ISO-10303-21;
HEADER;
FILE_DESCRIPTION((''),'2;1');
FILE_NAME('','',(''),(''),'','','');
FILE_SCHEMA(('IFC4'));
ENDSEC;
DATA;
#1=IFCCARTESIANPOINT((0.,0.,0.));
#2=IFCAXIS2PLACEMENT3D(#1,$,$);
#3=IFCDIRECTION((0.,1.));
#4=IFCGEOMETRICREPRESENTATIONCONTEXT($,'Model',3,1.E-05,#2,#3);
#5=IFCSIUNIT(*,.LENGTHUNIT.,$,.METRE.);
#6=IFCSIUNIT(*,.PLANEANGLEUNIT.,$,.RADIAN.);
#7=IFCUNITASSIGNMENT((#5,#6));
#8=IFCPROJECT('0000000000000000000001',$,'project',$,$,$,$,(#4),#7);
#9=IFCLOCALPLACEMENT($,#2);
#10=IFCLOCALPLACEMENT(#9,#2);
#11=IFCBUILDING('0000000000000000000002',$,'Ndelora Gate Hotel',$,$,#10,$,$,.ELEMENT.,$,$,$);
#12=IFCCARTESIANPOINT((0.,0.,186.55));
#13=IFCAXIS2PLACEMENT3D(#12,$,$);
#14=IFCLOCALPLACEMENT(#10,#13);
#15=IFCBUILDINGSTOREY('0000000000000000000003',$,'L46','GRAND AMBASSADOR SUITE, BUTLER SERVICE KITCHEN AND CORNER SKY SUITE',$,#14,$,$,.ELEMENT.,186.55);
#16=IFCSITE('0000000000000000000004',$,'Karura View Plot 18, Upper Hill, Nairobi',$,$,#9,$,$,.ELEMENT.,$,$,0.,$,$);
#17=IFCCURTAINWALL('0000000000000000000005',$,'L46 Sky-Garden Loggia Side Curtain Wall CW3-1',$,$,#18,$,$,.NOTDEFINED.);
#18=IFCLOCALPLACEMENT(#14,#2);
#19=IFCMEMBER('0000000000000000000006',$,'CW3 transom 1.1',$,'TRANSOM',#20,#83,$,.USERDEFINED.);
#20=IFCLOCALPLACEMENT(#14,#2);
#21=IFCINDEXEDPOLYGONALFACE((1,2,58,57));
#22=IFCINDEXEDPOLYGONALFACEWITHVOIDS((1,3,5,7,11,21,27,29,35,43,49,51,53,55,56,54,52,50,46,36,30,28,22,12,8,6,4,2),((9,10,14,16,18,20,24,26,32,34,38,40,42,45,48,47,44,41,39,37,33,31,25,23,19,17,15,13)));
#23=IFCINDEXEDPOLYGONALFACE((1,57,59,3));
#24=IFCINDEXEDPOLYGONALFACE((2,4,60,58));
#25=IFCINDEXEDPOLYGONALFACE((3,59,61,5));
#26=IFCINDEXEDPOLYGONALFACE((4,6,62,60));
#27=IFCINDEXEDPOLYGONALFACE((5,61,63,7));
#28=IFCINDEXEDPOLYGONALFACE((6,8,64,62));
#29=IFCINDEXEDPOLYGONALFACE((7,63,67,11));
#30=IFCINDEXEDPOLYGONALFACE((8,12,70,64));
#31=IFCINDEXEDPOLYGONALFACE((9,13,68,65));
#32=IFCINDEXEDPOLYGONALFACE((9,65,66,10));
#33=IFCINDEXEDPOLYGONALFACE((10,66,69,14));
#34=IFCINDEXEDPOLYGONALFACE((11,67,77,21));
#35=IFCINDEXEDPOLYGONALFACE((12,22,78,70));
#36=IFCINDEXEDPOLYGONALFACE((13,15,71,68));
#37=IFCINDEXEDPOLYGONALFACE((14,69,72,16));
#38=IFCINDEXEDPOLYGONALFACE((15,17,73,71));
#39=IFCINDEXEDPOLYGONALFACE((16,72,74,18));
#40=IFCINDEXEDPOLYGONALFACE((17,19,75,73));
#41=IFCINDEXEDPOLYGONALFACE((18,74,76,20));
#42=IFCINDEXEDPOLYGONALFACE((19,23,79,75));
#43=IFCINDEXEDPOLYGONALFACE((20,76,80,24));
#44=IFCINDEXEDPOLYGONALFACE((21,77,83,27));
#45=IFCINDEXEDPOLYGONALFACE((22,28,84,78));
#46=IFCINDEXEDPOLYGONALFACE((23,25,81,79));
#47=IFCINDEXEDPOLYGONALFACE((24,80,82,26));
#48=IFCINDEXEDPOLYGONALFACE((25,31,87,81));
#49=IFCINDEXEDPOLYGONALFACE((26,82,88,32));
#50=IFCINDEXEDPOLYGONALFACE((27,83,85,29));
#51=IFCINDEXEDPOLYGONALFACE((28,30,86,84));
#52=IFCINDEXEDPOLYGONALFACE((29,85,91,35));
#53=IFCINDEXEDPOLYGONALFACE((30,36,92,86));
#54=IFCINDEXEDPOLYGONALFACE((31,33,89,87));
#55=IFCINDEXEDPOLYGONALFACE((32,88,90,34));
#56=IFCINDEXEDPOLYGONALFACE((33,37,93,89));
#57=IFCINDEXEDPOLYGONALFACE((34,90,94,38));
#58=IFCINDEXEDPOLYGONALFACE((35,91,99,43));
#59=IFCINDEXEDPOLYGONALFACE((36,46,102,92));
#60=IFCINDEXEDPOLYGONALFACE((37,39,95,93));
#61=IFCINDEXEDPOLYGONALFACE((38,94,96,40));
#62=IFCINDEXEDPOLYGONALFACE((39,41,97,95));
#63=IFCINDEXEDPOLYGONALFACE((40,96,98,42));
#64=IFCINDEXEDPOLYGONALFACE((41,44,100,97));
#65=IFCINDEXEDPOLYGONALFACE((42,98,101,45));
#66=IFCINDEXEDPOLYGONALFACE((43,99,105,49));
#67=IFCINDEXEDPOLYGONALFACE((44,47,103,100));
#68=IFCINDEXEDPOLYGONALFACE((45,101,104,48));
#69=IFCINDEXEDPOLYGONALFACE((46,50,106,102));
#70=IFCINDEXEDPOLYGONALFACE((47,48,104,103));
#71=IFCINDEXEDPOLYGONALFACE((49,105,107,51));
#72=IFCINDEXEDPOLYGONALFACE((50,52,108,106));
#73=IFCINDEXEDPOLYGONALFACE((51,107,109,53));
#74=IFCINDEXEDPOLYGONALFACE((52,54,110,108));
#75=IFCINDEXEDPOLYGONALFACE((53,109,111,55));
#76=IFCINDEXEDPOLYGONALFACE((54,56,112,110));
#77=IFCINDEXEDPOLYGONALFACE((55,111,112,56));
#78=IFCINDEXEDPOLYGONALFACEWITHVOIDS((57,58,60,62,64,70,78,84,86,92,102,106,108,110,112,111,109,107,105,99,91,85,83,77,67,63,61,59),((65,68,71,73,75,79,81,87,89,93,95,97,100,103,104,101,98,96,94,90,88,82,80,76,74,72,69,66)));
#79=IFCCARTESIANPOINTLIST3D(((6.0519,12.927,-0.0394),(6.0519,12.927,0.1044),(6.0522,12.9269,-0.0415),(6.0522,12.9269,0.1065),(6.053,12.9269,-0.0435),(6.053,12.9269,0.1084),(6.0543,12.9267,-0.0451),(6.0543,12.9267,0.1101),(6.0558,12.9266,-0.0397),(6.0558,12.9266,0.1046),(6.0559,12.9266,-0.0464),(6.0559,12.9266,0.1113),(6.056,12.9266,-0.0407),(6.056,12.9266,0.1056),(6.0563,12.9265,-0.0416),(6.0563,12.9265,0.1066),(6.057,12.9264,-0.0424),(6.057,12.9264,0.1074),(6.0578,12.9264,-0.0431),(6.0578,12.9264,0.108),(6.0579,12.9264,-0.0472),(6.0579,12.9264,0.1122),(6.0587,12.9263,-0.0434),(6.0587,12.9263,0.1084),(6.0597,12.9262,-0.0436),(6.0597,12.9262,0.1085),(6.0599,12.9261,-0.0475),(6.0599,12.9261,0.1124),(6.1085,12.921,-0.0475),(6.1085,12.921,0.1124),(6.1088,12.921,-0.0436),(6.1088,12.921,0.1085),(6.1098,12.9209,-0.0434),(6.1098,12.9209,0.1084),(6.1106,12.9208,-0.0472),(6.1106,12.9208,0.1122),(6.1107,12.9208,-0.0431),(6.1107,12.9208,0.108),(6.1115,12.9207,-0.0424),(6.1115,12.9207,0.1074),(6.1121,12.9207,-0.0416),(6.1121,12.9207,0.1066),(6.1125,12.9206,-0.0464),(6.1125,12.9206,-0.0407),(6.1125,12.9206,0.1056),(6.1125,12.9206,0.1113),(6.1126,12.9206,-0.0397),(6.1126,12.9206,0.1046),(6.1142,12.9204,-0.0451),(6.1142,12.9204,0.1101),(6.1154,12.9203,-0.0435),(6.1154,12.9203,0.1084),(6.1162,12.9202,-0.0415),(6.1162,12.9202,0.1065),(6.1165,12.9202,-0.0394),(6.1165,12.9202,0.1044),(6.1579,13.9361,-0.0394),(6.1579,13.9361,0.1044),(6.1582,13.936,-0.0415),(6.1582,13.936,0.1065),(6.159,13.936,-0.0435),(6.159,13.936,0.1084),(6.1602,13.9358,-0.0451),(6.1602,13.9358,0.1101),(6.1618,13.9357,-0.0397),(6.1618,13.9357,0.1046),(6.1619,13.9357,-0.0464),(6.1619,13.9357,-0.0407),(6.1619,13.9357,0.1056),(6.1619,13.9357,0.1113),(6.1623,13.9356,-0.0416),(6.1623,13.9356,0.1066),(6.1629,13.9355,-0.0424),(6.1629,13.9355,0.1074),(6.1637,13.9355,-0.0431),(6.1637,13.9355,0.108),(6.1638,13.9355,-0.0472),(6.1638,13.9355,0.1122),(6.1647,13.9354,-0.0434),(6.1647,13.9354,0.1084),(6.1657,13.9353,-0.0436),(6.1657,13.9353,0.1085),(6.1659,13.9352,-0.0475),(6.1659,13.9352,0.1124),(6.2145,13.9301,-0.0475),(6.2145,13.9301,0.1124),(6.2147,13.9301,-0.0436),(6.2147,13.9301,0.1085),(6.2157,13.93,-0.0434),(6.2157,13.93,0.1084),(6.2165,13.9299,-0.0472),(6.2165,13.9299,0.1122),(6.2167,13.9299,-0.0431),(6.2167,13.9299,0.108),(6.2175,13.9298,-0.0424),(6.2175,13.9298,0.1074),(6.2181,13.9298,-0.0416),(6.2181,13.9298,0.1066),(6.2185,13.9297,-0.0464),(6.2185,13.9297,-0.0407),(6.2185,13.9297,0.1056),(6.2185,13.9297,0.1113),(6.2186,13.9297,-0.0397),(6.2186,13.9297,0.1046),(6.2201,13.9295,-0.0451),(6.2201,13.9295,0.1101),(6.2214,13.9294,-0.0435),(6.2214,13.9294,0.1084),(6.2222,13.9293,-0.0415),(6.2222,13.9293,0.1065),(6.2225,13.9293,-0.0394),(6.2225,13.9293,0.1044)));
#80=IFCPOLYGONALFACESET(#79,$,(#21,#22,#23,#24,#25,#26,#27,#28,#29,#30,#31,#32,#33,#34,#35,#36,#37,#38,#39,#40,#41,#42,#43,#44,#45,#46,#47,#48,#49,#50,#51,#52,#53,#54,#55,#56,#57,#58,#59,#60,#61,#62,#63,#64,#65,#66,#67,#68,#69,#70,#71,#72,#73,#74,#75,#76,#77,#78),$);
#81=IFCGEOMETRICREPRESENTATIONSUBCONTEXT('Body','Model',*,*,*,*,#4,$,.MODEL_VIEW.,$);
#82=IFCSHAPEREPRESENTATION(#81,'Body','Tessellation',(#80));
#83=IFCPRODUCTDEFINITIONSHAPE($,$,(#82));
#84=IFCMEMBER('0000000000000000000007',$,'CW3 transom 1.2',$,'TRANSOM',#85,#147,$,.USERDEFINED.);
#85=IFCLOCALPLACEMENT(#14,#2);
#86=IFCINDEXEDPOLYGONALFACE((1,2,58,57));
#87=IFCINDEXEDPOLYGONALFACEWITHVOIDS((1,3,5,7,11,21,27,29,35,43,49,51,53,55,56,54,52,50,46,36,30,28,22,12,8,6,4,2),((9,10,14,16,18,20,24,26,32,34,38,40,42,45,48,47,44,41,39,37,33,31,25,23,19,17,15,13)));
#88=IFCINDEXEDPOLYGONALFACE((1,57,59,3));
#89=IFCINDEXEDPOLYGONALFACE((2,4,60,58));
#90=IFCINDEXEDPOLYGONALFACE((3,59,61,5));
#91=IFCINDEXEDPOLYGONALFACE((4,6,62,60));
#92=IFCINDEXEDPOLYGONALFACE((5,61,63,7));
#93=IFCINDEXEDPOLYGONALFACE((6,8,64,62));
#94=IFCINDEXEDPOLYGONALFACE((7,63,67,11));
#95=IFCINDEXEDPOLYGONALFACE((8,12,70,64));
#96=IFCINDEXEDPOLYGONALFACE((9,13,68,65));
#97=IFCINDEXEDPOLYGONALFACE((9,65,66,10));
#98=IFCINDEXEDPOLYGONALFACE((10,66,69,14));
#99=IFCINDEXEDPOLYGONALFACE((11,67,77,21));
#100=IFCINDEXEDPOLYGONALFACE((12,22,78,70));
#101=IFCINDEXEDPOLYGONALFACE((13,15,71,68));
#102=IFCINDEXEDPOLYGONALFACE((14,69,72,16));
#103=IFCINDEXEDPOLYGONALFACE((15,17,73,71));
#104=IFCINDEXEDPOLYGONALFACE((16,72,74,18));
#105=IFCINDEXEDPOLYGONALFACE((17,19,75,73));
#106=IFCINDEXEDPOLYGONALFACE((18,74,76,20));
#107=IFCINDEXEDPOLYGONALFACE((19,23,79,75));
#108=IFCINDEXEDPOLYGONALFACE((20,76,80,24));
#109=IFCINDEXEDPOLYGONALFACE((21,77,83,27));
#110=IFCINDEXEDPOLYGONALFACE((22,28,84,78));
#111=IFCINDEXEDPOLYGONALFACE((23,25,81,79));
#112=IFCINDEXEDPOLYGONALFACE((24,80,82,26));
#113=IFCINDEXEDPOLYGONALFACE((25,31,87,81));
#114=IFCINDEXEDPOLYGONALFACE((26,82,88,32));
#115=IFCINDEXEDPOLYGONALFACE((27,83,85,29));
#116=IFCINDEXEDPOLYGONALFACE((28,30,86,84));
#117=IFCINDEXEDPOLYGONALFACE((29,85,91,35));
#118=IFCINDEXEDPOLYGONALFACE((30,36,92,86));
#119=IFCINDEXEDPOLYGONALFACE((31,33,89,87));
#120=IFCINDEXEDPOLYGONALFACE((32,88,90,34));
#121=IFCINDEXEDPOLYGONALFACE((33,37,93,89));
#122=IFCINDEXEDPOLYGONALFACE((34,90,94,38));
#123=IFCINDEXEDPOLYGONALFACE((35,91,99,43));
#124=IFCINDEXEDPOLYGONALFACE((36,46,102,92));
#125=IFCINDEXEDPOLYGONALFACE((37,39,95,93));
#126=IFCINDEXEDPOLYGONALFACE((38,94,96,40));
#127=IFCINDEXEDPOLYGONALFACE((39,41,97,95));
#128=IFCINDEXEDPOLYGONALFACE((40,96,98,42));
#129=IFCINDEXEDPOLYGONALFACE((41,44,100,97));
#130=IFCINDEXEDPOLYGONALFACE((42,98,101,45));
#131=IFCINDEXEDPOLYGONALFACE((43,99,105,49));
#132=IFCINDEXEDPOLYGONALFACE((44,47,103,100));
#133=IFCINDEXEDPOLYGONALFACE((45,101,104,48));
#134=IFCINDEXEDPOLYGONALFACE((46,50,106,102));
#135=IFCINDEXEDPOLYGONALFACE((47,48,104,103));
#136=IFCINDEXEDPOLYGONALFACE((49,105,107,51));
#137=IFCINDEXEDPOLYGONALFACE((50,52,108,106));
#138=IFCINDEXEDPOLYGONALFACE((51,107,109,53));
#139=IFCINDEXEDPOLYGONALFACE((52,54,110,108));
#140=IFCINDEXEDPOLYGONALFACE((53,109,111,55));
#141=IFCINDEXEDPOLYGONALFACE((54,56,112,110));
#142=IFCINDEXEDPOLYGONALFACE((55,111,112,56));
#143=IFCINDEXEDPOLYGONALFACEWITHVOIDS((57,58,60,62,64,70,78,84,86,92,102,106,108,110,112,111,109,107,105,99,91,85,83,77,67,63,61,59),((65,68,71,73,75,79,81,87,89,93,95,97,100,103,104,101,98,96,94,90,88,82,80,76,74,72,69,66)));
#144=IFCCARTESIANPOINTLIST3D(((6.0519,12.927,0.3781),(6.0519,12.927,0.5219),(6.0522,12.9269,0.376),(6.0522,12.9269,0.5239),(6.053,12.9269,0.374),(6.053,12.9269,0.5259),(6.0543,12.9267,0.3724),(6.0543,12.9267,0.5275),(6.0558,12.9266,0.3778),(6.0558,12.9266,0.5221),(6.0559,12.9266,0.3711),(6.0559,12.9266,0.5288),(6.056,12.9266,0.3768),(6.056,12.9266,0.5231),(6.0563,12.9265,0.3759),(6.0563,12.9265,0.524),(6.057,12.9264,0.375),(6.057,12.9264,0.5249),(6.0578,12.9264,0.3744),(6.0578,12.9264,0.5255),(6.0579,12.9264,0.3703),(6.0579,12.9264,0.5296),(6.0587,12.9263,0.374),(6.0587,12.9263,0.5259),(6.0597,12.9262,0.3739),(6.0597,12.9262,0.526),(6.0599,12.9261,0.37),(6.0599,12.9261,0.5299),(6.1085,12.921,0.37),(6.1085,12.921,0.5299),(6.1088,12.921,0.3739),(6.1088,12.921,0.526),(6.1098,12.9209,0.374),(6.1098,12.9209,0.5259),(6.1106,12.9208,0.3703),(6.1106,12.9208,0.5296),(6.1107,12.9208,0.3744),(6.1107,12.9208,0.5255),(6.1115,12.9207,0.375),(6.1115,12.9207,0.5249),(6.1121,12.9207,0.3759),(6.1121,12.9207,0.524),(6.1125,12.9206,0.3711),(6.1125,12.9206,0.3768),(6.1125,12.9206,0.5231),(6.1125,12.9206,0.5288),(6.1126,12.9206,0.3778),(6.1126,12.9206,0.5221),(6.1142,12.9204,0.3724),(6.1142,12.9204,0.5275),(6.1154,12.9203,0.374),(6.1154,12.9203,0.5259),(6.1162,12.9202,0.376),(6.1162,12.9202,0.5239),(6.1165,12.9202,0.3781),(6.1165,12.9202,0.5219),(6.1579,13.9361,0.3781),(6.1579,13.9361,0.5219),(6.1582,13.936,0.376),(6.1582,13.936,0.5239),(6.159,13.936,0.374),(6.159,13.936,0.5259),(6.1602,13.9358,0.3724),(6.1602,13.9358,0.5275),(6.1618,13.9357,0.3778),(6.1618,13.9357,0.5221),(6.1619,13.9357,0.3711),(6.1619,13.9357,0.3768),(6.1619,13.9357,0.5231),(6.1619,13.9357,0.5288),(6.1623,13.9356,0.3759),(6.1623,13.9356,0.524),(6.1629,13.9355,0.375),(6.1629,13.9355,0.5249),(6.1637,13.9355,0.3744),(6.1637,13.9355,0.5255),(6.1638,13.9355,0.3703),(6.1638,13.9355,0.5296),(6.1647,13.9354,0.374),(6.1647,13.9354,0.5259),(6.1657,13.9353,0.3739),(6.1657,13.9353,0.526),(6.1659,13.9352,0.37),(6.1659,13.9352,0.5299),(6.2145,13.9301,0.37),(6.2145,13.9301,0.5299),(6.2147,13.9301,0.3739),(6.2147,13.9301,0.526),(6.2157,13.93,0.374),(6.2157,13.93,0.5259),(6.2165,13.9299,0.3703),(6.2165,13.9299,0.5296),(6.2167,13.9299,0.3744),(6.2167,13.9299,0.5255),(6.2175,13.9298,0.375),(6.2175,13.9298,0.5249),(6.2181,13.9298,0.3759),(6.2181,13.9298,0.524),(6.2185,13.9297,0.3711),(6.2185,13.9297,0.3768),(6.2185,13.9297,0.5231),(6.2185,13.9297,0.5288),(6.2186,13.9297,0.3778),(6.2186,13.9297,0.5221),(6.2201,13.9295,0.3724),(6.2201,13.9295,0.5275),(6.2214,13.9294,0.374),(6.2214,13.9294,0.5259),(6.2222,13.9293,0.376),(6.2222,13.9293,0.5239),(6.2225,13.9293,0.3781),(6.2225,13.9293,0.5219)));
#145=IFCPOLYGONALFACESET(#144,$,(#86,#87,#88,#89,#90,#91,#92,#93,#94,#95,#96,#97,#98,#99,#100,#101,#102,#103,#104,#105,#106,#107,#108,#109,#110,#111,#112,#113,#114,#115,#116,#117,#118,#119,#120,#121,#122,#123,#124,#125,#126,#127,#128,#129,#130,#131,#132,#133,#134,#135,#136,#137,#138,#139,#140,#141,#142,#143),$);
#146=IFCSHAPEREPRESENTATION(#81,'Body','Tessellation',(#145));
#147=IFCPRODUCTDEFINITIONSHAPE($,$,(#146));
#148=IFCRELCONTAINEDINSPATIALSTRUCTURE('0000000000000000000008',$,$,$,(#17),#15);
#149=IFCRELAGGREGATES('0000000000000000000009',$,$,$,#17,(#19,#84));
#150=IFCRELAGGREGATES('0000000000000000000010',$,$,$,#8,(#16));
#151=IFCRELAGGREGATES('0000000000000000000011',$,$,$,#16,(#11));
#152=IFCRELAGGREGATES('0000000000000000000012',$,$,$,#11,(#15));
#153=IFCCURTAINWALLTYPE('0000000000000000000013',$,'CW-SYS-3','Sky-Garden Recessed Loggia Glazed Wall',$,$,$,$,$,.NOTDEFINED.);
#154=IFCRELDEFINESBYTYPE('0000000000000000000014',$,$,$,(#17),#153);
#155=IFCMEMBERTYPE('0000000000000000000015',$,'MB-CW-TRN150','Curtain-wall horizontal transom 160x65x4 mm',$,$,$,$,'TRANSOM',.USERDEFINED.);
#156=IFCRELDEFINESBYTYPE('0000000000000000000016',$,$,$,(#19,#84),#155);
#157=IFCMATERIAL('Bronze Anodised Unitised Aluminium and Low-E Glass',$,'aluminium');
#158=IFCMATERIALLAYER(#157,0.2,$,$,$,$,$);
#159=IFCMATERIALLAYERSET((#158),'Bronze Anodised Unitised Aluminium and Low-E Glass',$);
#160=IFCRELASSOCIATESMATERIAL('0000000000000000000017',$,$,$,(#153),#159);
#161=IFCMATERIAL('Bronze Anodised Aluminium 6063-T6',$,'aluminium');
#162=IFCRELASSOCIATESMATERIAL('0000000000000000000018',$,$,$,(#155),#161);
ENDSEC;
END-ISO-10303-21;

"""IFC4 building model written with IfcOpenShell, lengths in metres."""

from ifc_helpers import new_model, si_unit, direction, frame, origin, origin_2d, place, context, subcontext, project, spatial, hollow_rectangle, extrude, material, layer, layer_set, material_profile, profile_set, type_object, element, aggregate, save


model = new_model("IFC4")

# Units and contexts
model_context = context("Model", 3, precision=1e-05, world=origin(), true_north=direction((0.0, 1.0)))
body_context = subcontext(model_context, "Body", "Model", "MODEL_VIEW")
ifc_project = project(units=[si_unit("LENGTHUNIT", "METRE"), si_unit("PLANEANGLEUNIT", "RADIAN")], contexts=[model_context])

# Site, building, storey
site_placement = place(None, origin())
site = spatial("IfcSite", under=ifc_project, at=site_placement, Name="Karura View Plot 18, Upper Hill, Nairobi", CompositionType="ELEMENT", RefElevation=0.0)
building_placement = place(site_placement, origin())
building = spatial("IfcBuilding", under=site, at=building_placement, Name="Ndelora Gate Hotel", CompositionType="ELEMENT")
storey_placement = place(building_placement, frame((0.0, 0.0, 186.55)))
storey = spatial("IfcBuildingStorey", under=building, at=storey_placement, Name="L46", Description="GRAND AMBASSADOR SUITE, BUTLER SERVICE KITCHEN AND CORNER SKY SUITE", CompositionType="ELEMENT", Elevation=186.55)

# Curtain wall, members
ifc_material_1 = material(Name="Bronze Anodised Unitised Aluminium and Low-E Glass", Category="aluminium")
ifc_layer_1 = layer(ifc_material_1, 0.2)
ifc_layer_set_1 = layer_set([ifc_layer_1], Name="Bronze Anodised Unitised Aluminium and Low-E Glass")
curtain_wall_type = type_object("IfcCurtainWallType", Name="CW-SYS-3", Description="Sky-Garden Recessed Loggia Glazed Wall", PredefinedType="NOTDEFINED", material=ifc_layer_set_1)
curtain_wall_placement = place(storey_placement, origin())
curtain_wall = element("IfcCurtainWall", 1, at=curtain_wall_placement, inside=storey, type_object=curtain_wall_type, Name="L46 Sky-Garden Loggia Side Curtain Wall CW3-1", PredefinedType="NOTDEFINED")
ifc_material_2 = material(Name="Bronze Anodised Aluminium 6063-T6", Category="aluminium")
ifc_material_profile_1 = material_profile(ifc_material_2, hollow_rectangle(XDim=0.0649, YDim=0.1599, WallThickness=0.0039, InnerFilletRadius=0.0039, OuterFilletRadius=0.0081, at=origin_2d()), Name="ALU 160x65x4")
ifc_profile_set_1 = profile_set([ifc_material_profile_1], Name="Bronze Anodised Aluminium 6063-T6")
member_type_1 = type_object("IfcMemberType", Name="MB-CW-TRN150", Description="Curtain-wall horizontal transom 160x65x4 mm", ElementType="TRANSOM", PredefinedType="USERDEFINED", material=ifc_profile_set_1)
member_1_placement = place(storey_placement, frame((6.0842, 12.9236, 0.0325), z_axis=(0.104434, 0.994532, 0.0), x_axis=(-0.994532, 0.104434, 0.0)))
member_1 = element("IfcMember", 2, at=member_1_placement, type_object=member_type_1, Name="CW3 transom 1.1", ObjectType="TRANSOM", PredefinedType="USERDEFINED", context=body_context, shape_type="SweptSolid", body=[
    extrude(hollow_rectangle(XDim=0.0649, YDim=0.1599, WallThickness=0.0039, InnerFilletRadius=0.0039, OuterFilletRadius=0.0081, at=origin_2d()), origin(), (0.0, 0.0, 1.0), 1.0146),
])
member_2_placement = place(storey_placement, frame((6.0842, 12.9236, 0.45), z_axis=(0.104434, 0.994532, 0.0), x_axis=(-0.994532, 0.104434, 0.0)))
member_2 = element("IfcMember", 3, at=member_2_placement, type_object=member_type_1, Name="CW3 transom 1.2", ObjectType="TRANSOM", PredefinedType="USERDEFINED", context=body_context, shape_type="SweptSolid", body=[
    extrude(hollow_rectangle(XDim=0.0649, YDim=0.1599, WallThickness=0.0039, InnerFilletRadius=0.0039, OuterFilletRadius=0.0081, at=origin_2d()), origin(), (0.0, 0.0, 1.0), 1.0146),
])
aggregate(curtain_wall, [member_1, member_2])

save(model, "model.ifc")
